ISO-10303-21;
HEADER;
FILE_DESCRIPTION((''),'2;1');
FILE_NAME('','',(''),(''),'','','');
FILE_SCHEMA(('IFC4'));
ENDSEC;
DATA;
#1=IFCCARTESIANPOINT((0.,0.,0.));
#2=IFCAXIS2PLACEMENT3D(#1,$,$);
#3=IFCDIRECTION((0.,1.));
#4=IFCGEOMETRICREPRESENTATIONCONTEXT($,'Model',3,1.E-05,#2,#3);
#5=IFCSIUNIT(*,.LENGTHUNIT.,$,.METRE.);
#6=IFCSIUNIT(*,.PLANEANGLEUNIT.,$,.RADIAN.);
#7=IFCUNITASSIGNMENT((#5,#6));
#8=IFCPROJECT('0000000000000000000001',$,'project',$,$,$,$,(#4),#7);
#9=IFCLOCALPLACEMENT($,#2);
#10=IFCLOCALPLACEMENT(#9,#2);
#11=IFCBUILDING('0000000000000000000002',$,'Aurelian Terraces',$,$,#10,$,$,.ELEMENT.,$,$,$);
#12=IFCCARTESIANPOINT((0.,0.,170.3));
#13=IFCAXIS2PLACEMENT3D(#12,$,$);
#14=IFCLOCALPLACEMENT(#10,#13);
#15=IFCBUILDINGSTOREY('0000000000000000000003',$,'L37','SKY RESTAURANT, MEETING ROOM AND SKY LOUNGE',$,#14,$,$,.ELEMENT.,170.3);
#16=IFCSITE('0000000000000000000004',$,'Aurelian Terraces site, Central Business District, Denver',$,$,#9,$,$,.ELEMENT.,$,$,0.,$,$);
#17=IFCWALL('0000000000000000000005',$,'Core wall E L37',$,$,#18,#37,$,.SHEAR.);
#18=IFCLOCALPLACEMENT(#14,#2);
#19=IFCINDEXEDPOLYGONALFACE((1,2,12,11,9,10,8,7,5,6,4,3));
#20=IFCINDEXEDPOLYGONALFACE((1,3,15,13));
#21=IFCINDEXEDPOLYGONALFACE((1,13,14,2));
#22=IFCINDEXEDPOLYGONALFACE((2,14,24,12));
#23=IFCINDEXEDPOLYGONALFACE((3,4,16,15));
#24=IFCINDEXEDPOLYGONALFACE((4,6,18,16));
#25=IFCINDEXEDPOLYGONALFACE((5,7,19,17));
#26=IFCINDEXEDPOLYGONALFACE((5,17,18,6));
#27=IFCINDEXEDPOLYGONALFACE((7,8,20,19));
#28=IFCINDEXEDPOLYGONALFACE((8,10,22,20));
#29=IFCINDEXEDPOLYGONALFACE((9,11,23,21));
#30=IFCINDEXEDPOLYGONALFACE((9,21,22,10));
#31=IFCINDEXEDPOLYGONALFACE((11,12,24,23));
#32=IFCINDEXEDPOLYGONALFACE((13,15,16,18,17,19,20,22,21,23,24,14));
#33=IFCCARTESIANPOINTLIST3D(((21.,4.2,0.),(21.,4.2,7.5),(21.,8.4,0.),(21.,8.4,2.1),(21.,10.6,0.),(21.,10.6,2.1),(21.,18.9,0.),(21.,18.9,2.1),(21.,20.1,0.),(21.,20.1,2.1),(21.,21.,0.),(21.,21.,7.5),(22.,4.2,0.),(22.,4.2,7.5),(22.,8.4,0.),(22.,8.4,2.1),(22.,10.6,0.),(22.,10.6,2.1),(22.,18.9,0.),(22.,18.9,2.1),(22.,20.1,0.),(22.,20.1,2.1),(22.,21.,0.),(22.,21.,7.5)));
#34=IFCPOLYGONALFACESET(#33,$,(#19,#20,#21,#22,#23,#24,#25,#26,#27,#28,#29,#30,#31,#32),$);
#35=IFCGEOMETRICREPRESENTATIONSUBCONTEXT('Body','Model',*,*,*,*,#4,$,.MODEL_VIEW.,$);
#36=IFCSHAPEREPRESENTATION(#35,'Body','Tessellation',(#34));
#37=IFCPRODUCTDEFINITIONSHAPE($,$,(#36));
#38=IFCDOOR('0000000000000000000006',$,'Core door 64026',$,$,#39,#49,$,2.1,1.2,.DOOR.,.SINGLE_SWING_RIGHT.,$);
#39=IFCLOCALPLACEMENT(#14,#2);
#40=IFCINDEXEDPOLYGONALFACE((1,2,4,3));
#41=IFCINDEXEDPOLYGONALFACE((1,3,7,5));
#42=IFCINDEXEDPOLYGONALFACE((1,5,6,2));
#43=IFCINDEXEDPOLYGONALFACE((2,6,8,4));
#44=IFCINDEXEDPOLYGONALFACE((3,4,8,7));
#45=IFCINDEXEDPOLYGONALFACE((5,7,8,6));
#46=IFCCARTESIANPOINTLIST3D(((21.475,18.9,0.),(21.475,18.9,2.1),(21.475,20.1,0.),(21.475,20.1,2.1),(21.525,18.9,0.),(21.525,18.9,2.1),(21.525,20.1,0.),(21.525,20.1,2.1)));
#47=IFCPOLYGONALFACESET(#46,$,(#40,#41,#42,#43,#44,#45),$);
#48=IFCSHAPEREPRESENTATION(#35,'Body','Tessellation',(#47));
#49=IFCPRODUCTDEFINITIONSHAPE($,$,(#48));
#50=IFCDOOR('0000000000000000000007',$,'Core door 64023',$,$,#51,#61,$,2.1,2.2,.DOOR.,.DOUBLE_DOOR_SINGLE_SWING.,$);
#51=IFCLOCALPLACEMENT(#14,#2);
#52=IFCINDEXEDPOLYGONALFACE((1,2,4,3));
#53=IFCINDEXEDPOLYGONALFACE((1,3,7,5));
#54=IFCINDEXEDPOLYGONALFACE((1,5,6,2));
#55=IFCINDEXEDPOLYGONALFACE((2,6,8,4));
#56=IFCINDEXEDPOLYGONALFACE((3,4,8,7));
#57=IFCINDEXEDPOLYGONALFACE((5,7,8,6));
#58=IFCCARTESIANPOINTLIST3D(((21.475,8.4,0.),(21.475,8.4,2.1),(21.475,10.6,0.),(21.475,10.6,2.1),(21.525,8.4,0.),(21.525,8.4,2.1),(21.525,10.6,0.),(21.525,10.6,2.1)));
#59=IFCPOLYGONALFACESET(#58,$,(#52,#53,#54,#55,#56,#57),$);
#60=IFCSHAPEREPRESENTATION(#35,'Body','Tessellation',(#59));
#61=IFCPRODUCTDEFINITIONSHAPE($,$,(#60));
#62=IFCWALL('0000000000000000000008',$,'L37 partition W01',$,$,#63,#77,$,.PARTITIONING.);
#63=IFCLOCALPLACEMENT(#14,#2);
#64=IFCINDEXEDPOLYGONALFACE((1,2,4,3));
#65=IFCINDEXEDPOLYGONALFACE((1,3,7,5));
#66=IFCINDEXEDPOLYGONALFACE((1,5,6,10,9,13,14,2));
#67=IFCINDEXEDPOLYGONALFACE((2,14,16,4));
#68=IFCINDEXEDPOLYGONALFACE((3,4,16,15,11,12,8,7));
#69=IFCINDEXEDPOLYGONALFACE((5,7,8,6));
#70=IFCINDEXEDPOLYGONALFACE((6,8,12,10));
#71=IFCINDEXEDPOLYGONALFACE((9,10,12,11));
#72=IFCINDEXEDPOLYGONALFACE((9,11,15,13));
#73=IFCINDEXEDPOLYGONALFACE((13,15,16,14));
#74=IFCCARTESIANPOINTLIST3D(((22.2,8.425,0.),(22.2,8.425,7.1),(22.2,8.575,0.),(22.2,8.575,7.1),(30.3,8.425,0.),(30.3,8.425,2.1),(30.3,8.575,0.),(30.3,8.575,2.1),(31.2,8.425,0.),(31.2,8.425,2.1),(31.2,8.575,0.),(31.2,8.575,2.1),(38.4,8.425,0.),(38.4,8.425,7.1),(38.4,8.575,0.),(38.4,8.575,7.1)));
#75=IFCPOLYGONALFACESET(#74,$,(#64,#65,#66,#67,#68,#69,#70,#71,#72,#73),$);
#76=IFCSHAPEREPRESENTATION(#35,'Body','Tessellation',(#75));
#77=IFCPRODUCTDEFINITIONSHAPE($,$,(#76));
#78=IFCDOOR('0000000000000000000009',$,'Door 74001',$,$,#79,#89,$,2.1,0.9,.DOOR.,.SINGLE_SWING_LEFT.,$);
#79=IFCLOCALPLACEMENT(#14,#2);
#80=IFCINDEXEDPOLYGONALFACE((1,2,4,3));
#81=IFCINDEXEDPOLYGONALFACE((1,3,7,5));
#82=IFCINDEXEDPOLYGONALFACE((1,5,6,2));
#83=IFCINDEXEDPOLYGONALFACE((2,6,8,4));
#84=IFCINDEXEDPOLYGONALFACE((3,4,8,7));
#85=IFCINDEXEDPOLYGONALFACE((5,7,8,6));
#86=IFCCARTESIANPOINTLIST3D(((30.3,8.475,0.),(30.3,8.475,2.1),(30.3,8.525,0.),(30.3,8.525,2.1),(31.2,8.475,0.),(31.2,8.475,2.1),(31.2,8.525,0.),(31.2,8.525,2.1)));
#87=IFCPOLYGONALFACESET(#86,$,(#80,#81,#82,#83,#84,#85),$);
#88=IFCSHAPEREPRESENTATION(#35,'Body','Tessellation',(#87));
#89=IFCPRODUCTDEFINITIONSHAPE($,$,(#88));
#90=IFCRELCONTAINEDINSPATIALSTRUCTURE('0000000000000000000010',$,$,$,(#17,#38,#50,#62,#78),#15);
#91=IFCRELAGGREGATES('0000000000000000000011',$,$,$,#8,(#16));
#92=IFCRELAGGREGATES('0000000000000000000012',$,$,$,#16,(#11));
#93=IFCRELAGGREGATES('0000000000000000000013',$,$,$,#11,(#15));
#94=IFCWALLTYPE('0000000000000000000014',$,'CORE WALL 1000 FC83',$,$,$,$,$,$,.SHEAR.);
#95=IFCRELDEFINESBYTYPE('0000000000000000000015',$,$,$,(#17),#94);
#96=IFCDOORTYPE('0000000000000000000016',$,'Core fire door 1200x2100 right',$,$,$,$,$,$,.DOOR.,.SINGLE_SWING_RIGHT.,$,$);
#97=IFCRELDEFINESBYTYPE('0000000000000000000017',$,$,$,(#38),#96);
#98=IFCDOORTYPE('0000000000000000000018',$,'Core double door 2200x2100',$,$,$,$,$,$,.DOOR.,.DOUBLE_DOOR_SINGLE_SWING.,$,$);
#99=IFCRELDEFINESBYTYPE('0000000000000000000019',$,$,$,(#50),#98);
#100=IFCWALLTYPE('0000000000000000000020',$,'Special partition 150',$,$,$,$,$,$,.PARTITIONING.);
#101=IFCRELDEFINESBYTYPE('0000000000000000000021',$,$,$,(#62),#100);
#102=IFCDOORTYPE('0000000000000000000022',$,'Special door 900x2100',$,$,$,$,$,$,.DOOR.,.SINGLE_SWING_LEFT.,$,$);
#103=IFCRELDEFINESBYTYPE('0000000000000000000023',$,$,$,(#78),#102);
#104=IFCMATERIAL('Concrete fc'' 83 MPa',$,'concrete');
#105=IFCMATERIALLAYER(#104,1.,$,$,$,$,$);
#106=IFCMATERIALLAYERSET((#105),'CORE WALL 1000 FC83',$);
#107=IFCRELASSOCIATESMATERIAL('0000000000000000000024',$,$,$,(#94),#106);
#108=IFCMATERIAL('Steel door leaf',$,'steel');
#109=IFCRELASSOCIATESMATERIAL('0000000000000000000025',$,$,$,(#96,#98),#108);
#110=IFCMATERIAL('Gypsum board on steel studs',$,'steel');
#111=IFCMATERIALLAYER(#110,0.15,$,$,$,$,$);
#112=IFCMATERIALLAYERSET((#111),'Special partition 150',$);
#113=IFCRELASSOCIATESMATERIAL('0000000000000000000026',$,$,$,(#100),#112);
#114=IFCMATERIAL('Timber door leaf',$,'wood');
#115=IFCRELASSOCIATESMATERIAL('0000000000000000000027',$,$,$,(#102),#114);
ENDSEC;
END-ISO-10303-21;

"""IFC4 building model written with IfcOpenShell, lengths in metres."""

from ifc_helpers import new_model, si_unit, direction, frame, frame_2d, origin, place, context, subcontext, project, spatial, rectangle, extrude, source, transform, mapped, material, layer, layer_set, type_object, element, fill, save


model = new_model("IFC4")

# Units and contexts
model_context = context("Model", 3, precision=1e-05, world=origin(), true_north=direction((0.0, 1.0)))
body_context = subcontext(model_context, "Body", "Model", "MODEL_VIEW")
ifc_project = project(units=[si_unit("LENGTHUNIT", "METRE"), si_unit("PLANEANGLEUNIT", "RADIAN")], contexts=[model_context])

# Site, building, storey
site_placement = place(None, origin())
site = spatial("IfcSite", under=ifc_project, at=site_placement, Name="Aurelian Terraces site, Central Business District, Denver", CompositionType="ELEMENT", RefElevation=0.0)
building_placement = place(site_placement, origin())
building = spatial("IfcBuilding", under=site, at=building_placement, Name="Aurelian Terraces", CompositionType="ELEMENT")
storey_placement = place(building_placement, frame((0.0, 0.0, 170.3)))
storey = spatial("IfcBuildingStorey", under=building, at=storey_placement, Name="L37", Description="SKY RESTAURANT, MEETING ROOM AND SKY LOUNGE", CompositionType="ELEMENT", Elevation=170.3)

# Shared definitions
ifc_material_1 = material(Name="Concrete fc' 83 MPa", Category="concrete")

# Wall, openings, doors
ifc_layer_1 = layer(ifc_material_1, 1.0)
ifc_layer_set_1 = layer_set([ifc_layer_1], Name="CORE WALL 1000 FC83")
wall_type_1 = type_object("IfcWallType", Name="CORE WALL 1000 FC83", PredefinedType="SHEAR", material=ifc_layer_set_1)
wall_1_placement = place(storey_placement, frame((21.5, 4.2, 0.0), z_axis=(0.0, 0.0, 1.0), x_axis=(0.0, 1.0, 0.0)))
wall_1 = element("IfcWall", 1, at=wall_1_placement, inside=storey, type_object=wall_type_1, Name="Core wall E L37", PredefinedType="SHEAR", context=body_context, shape_type="SweptSolid", body=[
    extrude(rectangle(XDim=16.8, YDim=1.0, at=frame_2d((8.4, 0.0))), origin(), (0.0, 0.0, 1.0), 7.5),
])
shared_shape_1 = source(origin(), body_context, "Body", "SweptSolid", [
    extrude(rectangle(XDim=2.2, YDim=2.1, at=frame_2d((1.1, 1.05))), frame((0.0, 0.51, 0.0), z_axis=(0.0, -1.0, 0.0), x_axis=(1.0, 0.0, 0.0)), (0.0, 0.0, 1.0), 1.02),
])
opening_1_placement = place(wall_1_placement, frame((4.2, 0.0, 0.0)))
opening_1 = element("IfcOpeningElement", 2, at=opening_1_placement, cuts=wall_1, PredefinedType="OPENING", context=body_context, shape_type="MappedRepresentation", body=[
    mapped(shared_shape_1, transform((0.0, 0.0, 0.0), scale=1.0)),
])
shared_shape_2 = source(origin(), body_context, "Body", "SweptSolid", [
    extrude(rectangle(XDim=1.2, YDim=2.1, at=frame_2d((0.6, 1.05))), frame((0.0, 0.51, 0.0), z_axis=(0.0, -1.0, 0.0), x_axis=(1.0, 0.0, 0.0)), (0.0, 0.0, 1.0), 1.02),
])
opening_2_placement = place(wall_1_placement, frame((14.7, 0.0, 0.0)))
opening_2 = element("IfcOpeningElement", 3, at=opening_2_placement, cuts=wall_1, PredefinedType="OPENING", context=body_context, shape_type="MappedRepresentation", body=[
    mapped(shared_shape_2, transform((0.0, 0.0, 0.0), scale=1.0)),
])
ifc_material_2 = material(Name="Steel door leaf", Category="steel")
door_type_1 = type_object("IfcDoorType", Name="Core fire door 1200x2100 right", OperationType="SINGLE_SWING_RIGHT", PredefinedType="DOOR", material=ifc_material_2)
shared_shape_3 = source(origin(), body_context, "Body", "SweptSolid", [
    extrude(rectangle(XDim=1.2, YDim=2.1, at=frame_2d((0.6, 1.05))), frame((0.0, 0.025, 0.0), z_axis=(0.0, -1.0, 0.0), x_axis=(1.0, 0.0, 0.0)), (0.0, 0.0, 1.0), 0.05),
])
door_1_placement = place(opening_2_placement, origin())
door_1 = element("IfcDoor", 4, at=door_1_placement, inside=storey, type_object=door_type_1, Name="Core door 64026", OperationType="SINGLE_SWING_RIGHT", OverallHeight=2.1, OverallWidth=1.2, PredefinedType="DOOR", context=body_context, shape_type="MappedRepresentation", body=[
    mapped(shared_shape_3, transform((0.0, 0.0, 0.0), scale=1.0)),
])
fill(opening_2, door_1)
door_type_2 = type_object("IfcDoorType", Name="Core double door 2200x2100", OperationType="DOUBLE_DOOR_SINGLE_SWING", PredefinedType="DOOR", material=ifc_material_2)
shared_shape_4 = source(origin(), body_context, "Body", "SweptSolid", [
    extrude(rectangle(XDim=2.2, YDim=2.1, at=frame_2d((1.1, 1.05))), frame((0.0, 0.025, 0.0), z_axis=(0.0, -1.0, 0.0), x_axis=(1.0, 0.0, 0.0)), (0.0, 0.0, 1.0), 0.05),
])
door_2_placement = place(opening_1_placement, origin())
door_2 = element("IfcDoor", 5, at=door_2_placement, inside=storey, type_object=door_type_2, Name="Core door 64023", OperationType="DOUBLE_DOOR_SINGLE_SWING", OverallHeight=2.1, OverallWidth=2.2, PredefinedType="DOOR", context=body_context, shape_type="MappedRepresentation", body=[
    mapped(shared_shape_4, transform((0.0, 0.0, 0.0), scale=1.0)),
])
fill(opening_1, door_2)

# Wall, opening, door
ifc_material_3 = material(Name="Gypsum board on steel studs", Category="steel")
ifc_layer_2 = layer(ifc_material_3, 0.15)
ifc_layer_set_2 = layer_set([ifc_layer_2], Name="Special partition 150")
wall_type_2 = type_object("IfcWallType", Name="Special partition 150", PredefinedType="PARTITIONING", material=ifc_layer_set_2)
wall_2_placement = place(storey_placement, frame((22.2, 8.5, 0.0), z_axis=(0.0, 0.0, 1.0), x_axis=(1.0, 0.0, 0.0)))
wall_2 = element("IfcWall", 6, at=wall_2_placement, inside=storey, type_object=wall_type_2, Name="L37 partition W01", PredefinedType="PARTITIONING", context=body_context, shape_type="SweptSolid", body=[
    extrude(rectangle(XDim=16.2, YDim=0.15, at=frame_2d((8.1, 0.0))), origin(), (0.0, 0.0, 1.0), 7.1),
])
shared_shape_5 = source(origin(), body_context, "Body", "SweptSolid", [
    extrude(rectangle(XDim=0.9, YDim=2.1, at=frame_2d((0.45, 1.05))), frame((0.0, 0.085, 0.0), z_axis=(0.0, -1.0, 0.0), x_axis=(1.0, 0.0, 0.0)), (0.0, 0.0, 1.0), 0.17),
])
opening_3_placement = place(wall_2_placement, frame((8.1, 0.0, 0.0)))
opening_3 = element("IfcOpeningElement", 7, at=opening_3_placement, cuts=wall_2, PredefinedType="OPENING", context=body_context, shape_type="MappedRepresentation", body=[
    mapped(shared_shape_5, transform((0.0, 0.0, 0.0), scale=1.0)),
])
ifc_material_4 = material(Name="Timber door leaf", Category="wood")
door_type_3 = type_object("IfcDoorType", Name="Special door 900x2100", OperationType="SINGLE_SWING_LEFT", PredefinedType="DOOR", material=ifc_material_4)
shared_shape_6 = source(origin(), body_context, "Body", "SweptSolid", [
    extrude(rectangle(XDim=0.9, YDim=2.1, at=frame_2d((0.45, 1.05))), frame((0.0, 0.025, 0.0), z_axis=(0.0, -1.0, 0.0), x_axis=(1.0, 0.0, 0.0)), (0.0, 0.0, 1.0), 0.05),
])
door_3_placement = place(opening_3_placement, origin())
door_3 = element("IfcDoor", 8, at=door_3_placement, inside=storey, type_object=door_type_3, Name="Door 74001", OperationType="SINGLE_SWING_LEFT", OverallHeight=2.1, OverallWidth=0.9, PredefinedType="DOOR", context=body_context, shape_type="MappedRepresentation", body=[
    mapped(shared_shape_6, transform((0.0, 0.0, 0.0), scale=1.0)),
])
fill(opening_3, door_3)

save(model, "model.ifc")
